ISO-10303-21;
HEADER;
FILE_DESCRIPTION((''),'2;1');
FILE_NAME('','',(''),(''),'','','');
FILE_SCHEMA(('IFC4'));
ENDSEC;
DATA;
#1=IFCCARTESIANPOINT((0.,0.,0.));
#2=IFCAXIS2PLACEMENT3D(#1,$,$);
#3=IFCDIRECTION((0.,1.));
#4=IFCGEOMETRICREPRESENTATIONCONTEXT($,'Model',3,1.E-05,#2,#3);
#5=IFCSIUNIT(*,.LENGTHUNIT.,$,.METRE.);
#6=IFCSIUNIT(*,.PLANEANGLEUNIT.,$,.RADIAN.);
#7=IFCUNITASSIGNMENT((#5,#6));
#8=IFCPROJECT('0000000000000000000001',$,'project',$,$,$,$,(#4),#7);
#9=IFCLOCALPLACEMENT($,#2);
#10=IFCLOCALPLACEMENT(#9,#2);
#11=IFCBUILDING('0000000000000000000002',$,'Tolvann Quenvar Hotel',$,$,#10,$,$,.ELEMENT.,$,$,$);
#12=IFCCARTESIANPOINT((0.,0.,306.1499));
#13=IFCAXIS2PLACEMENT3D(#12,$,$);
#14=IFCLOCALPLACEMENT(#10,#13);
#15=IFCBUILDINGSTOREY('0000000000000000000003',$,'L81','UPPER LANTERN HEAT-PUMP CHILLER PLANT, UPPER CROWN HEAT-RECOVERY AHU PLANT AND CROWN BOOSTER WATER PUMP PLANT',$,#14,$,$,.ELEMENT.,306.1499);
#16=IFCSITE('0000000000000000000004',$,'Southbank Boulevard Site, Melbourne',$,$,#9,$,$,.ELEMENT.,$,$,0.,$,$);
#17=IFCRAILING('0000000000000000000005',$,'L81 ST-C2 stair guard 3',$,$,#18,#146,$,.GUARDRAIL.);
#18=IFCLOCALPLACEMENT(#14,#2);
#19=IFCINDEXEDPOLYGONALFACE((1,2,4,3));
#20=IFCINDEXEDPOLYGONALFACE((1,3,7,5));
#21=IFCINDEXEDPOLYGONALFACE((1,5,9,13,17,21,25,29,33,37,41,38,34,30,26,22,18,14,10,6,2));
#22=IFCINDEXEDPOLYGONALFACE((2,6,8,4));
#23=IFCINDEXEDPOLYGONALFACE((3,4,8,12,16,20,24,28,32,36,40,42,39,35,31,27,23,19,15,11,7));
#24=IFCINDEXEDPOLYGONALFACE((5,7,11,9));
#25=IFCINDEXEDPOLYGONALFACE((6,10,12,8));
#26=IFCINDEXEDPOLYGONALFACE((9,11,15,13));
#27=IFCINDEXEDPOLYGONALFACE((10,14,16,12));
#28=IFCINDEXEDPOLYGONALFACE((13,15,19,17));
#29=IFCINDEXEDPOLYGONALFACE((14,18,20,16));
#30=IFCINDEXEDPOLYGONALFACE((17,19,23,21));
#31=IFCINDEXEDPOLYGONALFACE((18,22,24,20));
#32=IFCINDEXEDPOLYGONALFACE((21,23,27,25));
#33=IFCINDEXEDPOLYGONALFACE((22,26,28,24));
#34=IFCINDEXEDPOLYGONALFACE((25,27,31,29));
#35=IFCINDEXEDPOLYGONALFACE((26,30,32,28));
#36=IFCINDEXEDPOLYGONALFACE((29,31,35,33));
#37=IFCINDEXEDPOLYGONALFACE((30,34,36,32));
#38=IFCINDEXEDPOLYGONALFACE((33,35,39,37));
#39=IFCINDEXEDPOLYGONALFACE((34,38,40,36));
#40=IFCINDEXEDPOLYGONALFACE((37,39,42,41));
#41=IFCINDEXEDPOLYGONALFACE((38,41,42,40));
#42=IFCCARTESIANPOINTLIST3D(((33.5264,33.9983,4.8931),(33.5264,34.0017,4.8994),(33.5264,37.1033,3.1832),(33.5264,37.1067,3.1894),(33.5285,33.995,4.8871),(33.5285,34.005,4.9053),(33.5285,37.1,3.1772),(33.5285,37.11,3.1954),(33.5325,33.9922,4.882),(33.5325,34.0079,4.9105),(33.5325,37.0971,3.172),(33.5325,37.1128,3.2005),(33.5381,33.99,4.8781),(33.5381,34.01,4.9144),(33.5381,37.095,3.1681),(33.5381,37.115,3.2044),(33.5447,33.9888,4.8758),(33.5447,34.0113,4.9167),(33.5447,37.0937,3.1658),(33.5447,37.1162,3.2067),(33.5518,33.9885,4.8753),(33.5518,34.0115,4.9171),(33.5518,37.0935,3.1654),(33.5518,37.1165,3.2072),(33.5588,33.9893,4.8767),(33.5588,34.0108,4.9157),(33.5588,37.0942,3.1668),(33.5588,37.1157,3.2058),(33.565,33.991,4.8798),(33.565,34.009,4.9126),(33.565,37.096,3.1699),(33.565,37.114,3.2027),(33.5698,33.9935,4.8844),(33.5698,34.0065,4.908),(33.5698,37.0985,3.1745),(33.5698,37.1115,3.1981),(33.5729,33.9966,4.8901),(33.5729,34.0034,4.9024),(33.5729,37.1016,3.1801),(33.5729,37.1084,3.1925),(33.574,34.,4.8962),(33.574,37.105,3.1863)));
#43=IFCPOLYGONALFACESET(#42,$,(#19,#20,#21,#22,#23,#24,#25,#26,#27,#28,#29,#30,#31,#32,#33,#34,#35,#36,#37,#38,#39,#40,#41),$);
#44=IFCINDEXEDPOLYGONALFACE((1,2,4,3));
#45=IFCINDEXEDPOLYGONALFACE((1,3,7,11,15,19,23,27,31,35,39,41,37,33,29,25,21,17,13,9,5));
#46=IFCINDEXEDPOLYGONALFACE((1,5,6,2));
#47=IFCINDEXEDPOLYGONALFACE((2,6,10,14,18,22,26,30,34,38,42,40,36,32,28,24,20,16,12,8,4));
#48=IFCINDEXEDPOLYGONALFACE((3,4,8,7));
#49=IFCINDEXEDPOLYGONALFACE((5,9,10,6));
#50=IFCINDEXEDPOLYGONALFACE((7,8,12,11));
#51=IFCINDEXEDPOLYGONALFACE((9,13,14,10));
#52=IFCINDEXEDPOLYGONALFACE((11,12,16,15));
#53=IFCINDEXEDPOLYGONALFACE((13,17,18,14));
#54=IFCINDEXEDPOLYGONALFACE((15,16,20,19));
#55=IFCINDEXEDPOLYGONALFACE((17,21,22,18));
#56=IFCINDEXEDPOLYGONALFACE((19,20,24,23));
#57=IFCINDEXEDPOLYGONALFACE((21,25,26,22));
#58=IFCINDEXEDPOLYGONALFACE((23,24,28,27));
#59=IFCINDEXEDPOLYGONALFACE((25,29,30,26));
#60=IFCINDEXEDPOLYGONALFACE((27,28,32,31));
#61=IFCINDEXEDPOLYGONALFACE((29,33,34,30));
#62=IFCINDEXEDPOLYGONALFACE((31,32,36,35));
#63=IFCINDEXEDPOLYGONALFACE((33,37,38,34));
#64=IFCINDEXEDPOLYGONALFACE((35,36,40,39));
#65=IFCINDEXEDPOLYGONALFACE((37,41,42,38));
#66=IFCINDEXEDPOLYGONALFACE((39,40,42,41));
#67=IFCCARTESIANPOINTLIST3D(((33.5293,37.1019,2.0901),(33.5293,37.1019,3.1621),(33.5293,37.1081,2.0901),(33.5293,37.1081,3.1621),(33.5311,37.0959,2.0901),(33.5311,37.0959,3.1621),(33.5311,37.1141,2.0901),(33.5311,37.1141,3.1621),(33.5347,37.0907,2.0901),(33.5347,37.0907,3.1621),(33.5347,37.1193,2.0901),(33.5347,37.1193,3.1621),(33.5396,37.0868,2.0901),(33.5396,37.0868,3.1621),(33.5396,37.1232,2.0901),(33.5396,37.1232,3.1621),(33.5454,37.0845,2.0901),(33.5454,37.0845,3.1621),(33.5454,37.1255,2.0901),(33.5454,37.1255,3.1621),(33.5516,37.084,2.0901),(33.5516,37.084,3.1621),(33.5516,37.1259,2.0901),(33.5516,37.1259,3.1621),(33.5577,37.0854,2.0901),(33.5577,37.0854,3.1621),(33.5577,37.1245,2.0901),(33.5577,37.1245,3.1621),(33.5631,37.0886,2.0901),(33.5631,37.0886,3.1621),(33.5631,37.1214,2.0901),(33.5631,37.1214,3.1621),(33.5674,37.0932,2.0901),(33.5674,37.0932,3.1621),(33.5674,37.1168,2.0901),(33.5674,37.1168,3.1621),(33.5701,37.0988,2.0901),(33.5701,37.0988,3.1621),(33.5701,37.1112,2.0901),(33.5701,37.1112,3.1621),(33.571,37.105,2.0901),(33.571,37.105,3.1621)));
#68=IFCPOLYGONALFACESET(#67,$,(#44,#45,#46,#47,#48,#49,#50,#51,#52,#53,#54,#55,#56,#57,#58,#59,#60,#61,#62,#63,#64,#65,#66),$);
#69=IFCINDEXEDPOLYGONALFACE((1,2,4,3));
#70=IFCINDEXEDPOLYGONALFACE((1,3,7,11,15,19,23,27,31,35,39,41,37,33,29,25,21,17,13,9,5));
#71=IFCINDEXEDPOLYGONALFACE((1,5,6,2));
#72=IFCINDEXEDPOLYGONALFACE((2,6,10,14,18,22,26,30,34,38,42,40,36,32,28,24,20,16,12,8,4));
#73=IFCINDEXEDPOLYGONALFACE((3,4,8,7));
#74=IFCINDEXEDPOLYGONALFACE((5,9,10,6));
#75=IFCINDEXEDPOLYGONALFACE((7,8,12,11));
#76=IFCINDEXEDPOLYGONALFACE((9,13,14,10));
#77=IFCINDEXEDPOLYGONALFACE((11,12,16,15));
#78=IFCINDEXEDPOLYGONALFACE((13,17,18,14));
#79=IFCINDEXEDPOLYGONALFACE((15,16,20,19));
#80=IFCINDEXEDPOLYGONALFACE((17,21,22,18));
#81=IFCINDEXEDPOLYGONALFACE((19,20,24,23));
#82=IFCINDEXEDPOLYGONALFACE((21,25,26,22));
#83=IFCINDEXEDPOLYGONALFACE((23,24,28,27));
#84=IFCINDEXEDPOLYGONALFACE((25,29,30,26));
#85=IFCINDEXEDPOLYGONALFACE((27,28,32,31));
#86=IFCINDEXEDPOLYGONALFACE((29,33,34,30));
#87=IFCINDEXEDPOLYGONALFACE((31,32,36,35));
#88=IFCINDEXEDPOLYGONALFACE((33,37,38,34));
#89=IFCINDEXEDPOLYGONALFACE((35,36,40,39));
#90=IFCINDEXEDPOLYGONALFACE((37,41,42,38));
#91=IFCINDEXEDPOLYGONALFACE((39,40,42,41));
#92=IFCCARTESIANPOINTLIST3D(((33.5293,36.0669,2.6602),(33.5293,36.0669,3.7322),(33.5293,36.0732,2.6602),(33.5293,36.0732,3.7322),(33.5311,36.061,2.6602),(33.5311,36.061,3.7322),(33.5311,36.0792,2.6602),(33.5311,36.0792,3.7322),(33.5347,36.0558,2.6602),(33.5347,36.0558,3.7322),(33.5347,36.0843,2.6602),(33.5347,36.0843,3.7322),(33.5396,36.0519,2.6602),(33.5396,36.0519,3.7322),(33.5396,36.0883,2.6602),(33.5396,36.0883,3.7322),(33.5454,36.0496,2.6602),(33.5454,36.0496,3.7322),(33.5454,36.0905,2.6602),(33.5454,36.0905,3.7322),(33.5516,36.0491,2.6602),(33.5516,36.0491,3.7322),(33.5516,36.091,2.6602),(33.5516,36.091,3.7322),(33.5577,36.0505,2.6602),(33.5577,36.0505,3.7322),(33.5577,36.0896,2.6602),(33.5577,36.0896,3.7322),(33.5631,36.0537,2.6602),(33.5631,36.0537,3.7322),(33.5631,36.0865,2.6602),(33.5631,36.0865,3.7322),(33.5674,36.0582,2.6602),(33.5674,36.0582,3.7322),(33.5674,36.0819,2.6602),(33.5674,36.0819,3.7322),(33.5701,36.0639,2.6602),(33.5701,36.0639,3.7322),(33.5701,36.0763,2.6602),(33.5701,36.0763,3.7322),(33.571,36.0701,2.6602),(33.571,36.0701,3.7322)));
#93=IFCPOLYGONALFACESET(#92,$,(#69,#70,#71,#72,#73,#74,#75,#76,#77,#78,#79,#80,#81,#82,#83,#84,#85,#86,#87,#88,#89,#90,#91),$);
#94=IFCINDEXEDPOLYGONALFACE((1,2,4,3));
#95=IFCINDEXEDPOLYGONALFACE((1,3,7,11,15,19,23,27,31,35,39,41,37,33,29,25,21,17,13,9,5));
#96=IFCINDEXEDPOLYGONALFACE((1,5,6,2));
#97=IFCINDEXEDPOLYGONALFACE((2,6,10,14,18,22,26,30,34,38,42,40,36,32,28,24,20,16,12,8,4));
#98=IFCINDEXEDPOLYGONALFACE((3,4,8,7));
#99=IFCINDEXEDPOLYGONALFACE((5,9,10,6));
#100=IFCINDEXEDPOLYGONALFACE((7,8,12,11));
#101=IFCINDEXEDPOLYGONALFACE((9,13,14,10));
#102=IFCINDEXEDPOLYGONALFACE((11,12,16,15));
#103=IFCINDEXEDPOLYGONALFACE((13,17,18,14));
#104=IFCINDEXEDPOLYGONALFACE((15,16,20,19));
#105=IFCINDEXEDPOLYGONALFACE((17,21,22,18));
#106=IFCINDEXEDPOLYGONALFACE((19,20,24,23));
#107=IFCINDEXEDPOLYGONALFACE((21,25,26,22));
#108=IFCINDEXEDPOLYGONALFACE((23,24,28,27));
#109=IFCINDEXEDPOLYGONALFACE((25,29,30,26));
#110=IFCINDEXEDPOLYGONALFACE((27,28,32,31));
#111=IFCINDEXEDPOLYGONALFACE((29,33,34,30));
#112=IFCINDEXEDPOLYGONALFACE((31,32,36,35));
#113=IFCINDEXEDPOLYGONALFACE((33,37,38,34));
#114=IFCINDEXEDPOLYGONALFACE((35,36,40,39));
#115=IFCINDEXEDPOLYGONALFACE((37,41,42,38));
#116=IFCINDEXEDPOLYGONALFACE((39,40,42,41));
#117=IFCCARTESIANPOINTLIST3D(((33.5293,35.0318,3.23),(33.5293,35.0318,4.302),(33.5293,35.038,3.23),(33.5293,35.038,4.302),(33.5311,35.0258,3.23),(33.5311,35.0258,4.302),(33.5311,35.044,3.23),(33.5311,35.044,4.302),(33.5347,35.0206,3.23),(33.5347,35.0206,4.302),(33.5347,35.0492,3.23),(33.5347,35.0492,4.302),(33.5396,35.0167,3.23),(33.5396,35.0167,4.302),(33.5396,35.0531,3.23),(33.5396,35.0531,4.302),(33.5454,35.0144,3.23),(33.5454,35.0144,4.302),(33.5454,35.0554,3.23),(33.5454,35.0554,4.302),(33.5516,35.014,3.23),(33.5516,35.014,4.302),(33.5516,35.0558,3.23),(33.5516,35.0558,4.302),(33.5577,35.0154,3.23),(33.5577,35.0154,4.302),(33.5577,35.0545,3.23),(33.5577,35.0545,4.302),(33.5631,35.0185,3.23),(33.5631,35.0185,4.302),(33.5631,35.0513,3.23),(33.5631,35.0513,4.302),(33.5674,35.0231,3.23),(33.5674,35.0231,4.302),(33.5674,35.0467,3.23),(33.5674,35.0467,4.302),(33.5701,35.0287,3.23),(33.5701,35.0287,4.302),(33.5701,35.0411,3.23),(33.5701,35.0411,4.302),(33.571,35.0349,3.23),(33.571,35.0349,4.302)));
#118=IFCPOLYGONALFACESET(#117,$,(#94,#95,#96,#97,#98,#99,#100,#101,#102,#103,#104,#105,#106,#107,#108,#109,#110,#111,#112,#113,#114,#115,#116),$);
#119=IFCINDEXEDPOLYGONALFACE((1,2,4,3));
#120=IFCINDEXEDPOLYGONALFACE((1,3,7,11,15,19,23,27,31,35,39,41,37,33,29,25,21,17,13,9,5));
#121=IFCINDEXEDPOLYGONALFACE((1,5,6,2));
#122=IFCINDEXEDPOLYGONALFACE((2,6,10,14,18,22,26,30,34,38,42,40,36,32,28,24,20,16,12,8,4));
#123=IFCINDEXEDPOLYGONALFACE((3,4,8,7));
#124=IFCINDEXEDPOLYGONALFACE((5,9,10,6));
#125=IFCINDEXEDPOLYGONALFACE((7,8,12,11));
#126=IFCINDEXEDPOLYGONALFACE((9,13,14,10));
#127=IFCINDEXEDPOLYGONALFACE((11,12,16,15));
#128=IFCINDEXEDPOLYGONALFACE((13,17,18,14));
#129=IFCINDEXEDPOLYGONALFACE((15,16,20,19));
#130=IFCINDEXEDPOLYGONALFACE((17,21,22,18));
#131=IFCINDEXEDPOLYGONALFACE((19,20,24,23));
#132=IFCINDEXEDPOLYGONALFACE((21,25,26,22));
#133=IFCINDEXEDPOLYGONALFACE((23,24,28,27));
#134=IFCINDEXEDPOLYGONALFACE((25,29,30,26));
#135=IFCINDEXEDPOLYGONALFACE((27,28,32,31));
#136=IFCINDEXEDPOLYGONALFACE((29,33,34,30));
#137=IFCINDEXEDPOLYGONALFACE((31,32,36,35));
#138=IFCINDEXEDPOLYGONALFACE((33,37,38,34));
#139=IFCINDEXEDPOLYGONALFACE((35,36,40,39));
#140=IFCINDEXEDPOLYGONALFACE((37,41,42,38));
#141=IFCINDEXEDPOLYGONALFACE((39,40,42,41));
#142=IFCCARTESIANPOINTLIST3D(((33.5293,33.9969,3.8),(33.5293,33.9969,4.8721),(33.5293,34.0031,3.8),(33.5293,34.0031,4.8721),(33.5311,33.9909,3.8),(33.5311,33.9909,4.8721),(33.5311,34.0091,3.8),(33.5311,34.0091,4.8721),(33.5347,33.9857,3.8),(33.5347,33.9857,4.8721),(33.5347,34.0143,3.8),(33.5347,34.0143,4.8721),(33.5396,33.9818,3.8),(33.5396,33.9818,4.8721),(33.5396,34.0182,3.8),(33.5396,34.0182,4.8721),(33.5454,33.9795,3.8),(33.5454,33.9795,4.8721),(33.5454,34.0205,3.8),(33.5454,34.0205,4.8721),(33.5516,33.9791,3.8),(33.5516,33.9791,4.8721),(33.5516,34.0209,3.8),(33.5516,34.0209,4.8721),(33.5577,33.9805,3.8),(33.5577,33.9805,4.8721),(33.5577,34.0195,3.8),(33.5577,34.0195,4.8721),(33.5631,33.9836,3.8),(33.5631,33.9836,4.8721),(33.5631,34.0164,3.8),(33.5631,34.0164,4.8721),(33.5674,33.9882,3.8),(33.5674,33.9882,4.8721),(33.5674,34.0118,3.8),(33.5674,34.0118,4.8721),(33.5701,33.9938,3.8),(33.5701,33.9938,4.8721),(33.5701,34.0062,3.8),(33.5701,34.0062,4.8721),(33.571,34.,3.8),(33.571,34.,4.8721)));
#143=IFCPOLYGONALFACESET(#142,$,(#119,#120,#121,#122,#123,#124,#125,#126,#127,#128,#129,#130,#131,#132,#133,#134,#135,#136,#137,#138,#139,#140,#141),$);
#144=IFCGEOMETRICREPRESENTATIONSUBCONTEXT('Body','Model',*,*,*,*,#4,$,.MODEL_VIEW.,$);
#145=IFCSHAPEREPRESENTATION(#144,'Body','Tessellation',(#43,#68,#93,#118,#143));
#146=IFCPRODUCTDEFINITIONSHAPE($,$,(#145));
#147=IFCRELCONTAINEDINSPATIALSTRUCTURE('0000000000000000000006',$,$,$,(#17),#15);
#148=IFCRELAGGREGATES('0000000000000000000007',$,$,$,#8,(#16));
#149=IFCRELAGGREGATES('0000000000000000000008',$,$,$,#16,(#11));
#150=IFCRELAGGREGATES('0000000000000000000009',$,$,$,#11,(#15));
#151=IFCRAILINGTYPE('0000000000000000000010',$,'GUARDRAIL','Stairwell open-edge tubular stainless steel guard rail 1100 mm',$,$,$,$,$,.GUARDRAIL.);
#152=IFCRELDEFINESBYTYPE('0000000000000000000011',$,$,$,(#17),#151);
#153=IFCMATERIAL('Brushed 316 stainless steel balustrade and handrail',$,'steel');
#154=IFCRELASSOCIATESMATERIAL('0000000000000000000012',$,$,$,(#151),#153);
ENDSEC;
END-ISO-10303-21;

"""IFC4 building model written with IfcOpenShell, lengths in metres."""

from ifc_helpers import new_model, si_unit, direction, frame, origin, origin_2d, place, context, subcontext, project, spatial, circle, extrude, material, type_object, element, save


model = new_model("IFC4")

# Units and contexts
model_context = context("Model", 3, precision=1e-05, world=origin(), true_north=direction((0.0, 1.0)))
body_context = subcontext(model_context, "Body", "Model", "MODEL_VIEW")
ifc_project = project(units=[si_unit("LENGTHUNIT", "METRE"), si_unit("PLANEANGLEUNIT", "RADIAN")], contexts=[model_context])

# Site, building, storey
site_placement = place(None, origin())
site = spatial("IfcSite", under=ifc_project, at=site_placement, Name="Southbank Boulevard Site, Melbourne", CompositionType="ELEMENT", RefElevation=0.0)
building_placement = place(site_placement, origin())
building = spatial("IfcBuilding", under=site, at=building_placement, Name="Tolvann Quenvar Hotel", CompositionType="ELEMENT")
storey_placement = place(building_placement, frame((0.0, 0.0, 306.1499)))
storey = spatial("IfcBuildingStorey", under=building, at=storey_placement, Name="L81", Description="UPPER LANTERN HEAT-PUMP CHILLER PLANT, UPPER CROWN HEAT-RECOVERY AHU PLANT AND CROWN BOOSTER WATER PUMP PLANT", CompositionType="ELEMENT", Elevation=306.1499)

# Railing
ifc_material_1 = material(Name="Brushed 316 stainless steel balustrade and handrail", Category="steel")
railing_type_1 = type_object("IfcRailingType", Name="GUARDRAIL", Description="Stairwell open-edge tubular stainless steel guard rail 1100 mm", PredefinedType="GUARDRAIL", material=ifc_material_1)
railing_1_placement = place(storey_placement, frame((33.55, 37.105, 2.0901)))
element("IfcRailing", 1, at=railing_1_placement, inside=storey, type_object=railing_type_1, Name="L81 ST-C2 stair guard 3", PredefinedType="GUARDRAIL", context=body_context, shape_type="SweptSolid", body=[
    extrude(circle(Radius=0.0239, at=origin_2d()), frame((0.0, 0.0, 1.0962), z_axis=(0.0, -0.875951, 0.4824), x_axis=(1.0, 0.0, 0.0)), (0.0, 0.0, 1.0), 3.5447),
    extrude(circle(Radius=0.021, at=origin_2d()), origin(), (0.0, 0.0, 1.0), 1.072),
    extrude(circle(Radius=0.021, at=origin_2d()), frame((0.0, -1.0349, 0.5701)), (0.0, 0.0, 1.0), 1.072),
    extrude(circle(Radius=0.021, at=origin_2d()), frame((0.0, -2.0701, 1.1399)), (0.0, 0.0, 1.0), 1.072),
    extrude(circle(Radius=0.021, at=origin_2d()), frame((0.0, -3.105, 1.71)), (0.0, 0.0, 1.0), 1.072),
])

save(model, "model.ifc")
